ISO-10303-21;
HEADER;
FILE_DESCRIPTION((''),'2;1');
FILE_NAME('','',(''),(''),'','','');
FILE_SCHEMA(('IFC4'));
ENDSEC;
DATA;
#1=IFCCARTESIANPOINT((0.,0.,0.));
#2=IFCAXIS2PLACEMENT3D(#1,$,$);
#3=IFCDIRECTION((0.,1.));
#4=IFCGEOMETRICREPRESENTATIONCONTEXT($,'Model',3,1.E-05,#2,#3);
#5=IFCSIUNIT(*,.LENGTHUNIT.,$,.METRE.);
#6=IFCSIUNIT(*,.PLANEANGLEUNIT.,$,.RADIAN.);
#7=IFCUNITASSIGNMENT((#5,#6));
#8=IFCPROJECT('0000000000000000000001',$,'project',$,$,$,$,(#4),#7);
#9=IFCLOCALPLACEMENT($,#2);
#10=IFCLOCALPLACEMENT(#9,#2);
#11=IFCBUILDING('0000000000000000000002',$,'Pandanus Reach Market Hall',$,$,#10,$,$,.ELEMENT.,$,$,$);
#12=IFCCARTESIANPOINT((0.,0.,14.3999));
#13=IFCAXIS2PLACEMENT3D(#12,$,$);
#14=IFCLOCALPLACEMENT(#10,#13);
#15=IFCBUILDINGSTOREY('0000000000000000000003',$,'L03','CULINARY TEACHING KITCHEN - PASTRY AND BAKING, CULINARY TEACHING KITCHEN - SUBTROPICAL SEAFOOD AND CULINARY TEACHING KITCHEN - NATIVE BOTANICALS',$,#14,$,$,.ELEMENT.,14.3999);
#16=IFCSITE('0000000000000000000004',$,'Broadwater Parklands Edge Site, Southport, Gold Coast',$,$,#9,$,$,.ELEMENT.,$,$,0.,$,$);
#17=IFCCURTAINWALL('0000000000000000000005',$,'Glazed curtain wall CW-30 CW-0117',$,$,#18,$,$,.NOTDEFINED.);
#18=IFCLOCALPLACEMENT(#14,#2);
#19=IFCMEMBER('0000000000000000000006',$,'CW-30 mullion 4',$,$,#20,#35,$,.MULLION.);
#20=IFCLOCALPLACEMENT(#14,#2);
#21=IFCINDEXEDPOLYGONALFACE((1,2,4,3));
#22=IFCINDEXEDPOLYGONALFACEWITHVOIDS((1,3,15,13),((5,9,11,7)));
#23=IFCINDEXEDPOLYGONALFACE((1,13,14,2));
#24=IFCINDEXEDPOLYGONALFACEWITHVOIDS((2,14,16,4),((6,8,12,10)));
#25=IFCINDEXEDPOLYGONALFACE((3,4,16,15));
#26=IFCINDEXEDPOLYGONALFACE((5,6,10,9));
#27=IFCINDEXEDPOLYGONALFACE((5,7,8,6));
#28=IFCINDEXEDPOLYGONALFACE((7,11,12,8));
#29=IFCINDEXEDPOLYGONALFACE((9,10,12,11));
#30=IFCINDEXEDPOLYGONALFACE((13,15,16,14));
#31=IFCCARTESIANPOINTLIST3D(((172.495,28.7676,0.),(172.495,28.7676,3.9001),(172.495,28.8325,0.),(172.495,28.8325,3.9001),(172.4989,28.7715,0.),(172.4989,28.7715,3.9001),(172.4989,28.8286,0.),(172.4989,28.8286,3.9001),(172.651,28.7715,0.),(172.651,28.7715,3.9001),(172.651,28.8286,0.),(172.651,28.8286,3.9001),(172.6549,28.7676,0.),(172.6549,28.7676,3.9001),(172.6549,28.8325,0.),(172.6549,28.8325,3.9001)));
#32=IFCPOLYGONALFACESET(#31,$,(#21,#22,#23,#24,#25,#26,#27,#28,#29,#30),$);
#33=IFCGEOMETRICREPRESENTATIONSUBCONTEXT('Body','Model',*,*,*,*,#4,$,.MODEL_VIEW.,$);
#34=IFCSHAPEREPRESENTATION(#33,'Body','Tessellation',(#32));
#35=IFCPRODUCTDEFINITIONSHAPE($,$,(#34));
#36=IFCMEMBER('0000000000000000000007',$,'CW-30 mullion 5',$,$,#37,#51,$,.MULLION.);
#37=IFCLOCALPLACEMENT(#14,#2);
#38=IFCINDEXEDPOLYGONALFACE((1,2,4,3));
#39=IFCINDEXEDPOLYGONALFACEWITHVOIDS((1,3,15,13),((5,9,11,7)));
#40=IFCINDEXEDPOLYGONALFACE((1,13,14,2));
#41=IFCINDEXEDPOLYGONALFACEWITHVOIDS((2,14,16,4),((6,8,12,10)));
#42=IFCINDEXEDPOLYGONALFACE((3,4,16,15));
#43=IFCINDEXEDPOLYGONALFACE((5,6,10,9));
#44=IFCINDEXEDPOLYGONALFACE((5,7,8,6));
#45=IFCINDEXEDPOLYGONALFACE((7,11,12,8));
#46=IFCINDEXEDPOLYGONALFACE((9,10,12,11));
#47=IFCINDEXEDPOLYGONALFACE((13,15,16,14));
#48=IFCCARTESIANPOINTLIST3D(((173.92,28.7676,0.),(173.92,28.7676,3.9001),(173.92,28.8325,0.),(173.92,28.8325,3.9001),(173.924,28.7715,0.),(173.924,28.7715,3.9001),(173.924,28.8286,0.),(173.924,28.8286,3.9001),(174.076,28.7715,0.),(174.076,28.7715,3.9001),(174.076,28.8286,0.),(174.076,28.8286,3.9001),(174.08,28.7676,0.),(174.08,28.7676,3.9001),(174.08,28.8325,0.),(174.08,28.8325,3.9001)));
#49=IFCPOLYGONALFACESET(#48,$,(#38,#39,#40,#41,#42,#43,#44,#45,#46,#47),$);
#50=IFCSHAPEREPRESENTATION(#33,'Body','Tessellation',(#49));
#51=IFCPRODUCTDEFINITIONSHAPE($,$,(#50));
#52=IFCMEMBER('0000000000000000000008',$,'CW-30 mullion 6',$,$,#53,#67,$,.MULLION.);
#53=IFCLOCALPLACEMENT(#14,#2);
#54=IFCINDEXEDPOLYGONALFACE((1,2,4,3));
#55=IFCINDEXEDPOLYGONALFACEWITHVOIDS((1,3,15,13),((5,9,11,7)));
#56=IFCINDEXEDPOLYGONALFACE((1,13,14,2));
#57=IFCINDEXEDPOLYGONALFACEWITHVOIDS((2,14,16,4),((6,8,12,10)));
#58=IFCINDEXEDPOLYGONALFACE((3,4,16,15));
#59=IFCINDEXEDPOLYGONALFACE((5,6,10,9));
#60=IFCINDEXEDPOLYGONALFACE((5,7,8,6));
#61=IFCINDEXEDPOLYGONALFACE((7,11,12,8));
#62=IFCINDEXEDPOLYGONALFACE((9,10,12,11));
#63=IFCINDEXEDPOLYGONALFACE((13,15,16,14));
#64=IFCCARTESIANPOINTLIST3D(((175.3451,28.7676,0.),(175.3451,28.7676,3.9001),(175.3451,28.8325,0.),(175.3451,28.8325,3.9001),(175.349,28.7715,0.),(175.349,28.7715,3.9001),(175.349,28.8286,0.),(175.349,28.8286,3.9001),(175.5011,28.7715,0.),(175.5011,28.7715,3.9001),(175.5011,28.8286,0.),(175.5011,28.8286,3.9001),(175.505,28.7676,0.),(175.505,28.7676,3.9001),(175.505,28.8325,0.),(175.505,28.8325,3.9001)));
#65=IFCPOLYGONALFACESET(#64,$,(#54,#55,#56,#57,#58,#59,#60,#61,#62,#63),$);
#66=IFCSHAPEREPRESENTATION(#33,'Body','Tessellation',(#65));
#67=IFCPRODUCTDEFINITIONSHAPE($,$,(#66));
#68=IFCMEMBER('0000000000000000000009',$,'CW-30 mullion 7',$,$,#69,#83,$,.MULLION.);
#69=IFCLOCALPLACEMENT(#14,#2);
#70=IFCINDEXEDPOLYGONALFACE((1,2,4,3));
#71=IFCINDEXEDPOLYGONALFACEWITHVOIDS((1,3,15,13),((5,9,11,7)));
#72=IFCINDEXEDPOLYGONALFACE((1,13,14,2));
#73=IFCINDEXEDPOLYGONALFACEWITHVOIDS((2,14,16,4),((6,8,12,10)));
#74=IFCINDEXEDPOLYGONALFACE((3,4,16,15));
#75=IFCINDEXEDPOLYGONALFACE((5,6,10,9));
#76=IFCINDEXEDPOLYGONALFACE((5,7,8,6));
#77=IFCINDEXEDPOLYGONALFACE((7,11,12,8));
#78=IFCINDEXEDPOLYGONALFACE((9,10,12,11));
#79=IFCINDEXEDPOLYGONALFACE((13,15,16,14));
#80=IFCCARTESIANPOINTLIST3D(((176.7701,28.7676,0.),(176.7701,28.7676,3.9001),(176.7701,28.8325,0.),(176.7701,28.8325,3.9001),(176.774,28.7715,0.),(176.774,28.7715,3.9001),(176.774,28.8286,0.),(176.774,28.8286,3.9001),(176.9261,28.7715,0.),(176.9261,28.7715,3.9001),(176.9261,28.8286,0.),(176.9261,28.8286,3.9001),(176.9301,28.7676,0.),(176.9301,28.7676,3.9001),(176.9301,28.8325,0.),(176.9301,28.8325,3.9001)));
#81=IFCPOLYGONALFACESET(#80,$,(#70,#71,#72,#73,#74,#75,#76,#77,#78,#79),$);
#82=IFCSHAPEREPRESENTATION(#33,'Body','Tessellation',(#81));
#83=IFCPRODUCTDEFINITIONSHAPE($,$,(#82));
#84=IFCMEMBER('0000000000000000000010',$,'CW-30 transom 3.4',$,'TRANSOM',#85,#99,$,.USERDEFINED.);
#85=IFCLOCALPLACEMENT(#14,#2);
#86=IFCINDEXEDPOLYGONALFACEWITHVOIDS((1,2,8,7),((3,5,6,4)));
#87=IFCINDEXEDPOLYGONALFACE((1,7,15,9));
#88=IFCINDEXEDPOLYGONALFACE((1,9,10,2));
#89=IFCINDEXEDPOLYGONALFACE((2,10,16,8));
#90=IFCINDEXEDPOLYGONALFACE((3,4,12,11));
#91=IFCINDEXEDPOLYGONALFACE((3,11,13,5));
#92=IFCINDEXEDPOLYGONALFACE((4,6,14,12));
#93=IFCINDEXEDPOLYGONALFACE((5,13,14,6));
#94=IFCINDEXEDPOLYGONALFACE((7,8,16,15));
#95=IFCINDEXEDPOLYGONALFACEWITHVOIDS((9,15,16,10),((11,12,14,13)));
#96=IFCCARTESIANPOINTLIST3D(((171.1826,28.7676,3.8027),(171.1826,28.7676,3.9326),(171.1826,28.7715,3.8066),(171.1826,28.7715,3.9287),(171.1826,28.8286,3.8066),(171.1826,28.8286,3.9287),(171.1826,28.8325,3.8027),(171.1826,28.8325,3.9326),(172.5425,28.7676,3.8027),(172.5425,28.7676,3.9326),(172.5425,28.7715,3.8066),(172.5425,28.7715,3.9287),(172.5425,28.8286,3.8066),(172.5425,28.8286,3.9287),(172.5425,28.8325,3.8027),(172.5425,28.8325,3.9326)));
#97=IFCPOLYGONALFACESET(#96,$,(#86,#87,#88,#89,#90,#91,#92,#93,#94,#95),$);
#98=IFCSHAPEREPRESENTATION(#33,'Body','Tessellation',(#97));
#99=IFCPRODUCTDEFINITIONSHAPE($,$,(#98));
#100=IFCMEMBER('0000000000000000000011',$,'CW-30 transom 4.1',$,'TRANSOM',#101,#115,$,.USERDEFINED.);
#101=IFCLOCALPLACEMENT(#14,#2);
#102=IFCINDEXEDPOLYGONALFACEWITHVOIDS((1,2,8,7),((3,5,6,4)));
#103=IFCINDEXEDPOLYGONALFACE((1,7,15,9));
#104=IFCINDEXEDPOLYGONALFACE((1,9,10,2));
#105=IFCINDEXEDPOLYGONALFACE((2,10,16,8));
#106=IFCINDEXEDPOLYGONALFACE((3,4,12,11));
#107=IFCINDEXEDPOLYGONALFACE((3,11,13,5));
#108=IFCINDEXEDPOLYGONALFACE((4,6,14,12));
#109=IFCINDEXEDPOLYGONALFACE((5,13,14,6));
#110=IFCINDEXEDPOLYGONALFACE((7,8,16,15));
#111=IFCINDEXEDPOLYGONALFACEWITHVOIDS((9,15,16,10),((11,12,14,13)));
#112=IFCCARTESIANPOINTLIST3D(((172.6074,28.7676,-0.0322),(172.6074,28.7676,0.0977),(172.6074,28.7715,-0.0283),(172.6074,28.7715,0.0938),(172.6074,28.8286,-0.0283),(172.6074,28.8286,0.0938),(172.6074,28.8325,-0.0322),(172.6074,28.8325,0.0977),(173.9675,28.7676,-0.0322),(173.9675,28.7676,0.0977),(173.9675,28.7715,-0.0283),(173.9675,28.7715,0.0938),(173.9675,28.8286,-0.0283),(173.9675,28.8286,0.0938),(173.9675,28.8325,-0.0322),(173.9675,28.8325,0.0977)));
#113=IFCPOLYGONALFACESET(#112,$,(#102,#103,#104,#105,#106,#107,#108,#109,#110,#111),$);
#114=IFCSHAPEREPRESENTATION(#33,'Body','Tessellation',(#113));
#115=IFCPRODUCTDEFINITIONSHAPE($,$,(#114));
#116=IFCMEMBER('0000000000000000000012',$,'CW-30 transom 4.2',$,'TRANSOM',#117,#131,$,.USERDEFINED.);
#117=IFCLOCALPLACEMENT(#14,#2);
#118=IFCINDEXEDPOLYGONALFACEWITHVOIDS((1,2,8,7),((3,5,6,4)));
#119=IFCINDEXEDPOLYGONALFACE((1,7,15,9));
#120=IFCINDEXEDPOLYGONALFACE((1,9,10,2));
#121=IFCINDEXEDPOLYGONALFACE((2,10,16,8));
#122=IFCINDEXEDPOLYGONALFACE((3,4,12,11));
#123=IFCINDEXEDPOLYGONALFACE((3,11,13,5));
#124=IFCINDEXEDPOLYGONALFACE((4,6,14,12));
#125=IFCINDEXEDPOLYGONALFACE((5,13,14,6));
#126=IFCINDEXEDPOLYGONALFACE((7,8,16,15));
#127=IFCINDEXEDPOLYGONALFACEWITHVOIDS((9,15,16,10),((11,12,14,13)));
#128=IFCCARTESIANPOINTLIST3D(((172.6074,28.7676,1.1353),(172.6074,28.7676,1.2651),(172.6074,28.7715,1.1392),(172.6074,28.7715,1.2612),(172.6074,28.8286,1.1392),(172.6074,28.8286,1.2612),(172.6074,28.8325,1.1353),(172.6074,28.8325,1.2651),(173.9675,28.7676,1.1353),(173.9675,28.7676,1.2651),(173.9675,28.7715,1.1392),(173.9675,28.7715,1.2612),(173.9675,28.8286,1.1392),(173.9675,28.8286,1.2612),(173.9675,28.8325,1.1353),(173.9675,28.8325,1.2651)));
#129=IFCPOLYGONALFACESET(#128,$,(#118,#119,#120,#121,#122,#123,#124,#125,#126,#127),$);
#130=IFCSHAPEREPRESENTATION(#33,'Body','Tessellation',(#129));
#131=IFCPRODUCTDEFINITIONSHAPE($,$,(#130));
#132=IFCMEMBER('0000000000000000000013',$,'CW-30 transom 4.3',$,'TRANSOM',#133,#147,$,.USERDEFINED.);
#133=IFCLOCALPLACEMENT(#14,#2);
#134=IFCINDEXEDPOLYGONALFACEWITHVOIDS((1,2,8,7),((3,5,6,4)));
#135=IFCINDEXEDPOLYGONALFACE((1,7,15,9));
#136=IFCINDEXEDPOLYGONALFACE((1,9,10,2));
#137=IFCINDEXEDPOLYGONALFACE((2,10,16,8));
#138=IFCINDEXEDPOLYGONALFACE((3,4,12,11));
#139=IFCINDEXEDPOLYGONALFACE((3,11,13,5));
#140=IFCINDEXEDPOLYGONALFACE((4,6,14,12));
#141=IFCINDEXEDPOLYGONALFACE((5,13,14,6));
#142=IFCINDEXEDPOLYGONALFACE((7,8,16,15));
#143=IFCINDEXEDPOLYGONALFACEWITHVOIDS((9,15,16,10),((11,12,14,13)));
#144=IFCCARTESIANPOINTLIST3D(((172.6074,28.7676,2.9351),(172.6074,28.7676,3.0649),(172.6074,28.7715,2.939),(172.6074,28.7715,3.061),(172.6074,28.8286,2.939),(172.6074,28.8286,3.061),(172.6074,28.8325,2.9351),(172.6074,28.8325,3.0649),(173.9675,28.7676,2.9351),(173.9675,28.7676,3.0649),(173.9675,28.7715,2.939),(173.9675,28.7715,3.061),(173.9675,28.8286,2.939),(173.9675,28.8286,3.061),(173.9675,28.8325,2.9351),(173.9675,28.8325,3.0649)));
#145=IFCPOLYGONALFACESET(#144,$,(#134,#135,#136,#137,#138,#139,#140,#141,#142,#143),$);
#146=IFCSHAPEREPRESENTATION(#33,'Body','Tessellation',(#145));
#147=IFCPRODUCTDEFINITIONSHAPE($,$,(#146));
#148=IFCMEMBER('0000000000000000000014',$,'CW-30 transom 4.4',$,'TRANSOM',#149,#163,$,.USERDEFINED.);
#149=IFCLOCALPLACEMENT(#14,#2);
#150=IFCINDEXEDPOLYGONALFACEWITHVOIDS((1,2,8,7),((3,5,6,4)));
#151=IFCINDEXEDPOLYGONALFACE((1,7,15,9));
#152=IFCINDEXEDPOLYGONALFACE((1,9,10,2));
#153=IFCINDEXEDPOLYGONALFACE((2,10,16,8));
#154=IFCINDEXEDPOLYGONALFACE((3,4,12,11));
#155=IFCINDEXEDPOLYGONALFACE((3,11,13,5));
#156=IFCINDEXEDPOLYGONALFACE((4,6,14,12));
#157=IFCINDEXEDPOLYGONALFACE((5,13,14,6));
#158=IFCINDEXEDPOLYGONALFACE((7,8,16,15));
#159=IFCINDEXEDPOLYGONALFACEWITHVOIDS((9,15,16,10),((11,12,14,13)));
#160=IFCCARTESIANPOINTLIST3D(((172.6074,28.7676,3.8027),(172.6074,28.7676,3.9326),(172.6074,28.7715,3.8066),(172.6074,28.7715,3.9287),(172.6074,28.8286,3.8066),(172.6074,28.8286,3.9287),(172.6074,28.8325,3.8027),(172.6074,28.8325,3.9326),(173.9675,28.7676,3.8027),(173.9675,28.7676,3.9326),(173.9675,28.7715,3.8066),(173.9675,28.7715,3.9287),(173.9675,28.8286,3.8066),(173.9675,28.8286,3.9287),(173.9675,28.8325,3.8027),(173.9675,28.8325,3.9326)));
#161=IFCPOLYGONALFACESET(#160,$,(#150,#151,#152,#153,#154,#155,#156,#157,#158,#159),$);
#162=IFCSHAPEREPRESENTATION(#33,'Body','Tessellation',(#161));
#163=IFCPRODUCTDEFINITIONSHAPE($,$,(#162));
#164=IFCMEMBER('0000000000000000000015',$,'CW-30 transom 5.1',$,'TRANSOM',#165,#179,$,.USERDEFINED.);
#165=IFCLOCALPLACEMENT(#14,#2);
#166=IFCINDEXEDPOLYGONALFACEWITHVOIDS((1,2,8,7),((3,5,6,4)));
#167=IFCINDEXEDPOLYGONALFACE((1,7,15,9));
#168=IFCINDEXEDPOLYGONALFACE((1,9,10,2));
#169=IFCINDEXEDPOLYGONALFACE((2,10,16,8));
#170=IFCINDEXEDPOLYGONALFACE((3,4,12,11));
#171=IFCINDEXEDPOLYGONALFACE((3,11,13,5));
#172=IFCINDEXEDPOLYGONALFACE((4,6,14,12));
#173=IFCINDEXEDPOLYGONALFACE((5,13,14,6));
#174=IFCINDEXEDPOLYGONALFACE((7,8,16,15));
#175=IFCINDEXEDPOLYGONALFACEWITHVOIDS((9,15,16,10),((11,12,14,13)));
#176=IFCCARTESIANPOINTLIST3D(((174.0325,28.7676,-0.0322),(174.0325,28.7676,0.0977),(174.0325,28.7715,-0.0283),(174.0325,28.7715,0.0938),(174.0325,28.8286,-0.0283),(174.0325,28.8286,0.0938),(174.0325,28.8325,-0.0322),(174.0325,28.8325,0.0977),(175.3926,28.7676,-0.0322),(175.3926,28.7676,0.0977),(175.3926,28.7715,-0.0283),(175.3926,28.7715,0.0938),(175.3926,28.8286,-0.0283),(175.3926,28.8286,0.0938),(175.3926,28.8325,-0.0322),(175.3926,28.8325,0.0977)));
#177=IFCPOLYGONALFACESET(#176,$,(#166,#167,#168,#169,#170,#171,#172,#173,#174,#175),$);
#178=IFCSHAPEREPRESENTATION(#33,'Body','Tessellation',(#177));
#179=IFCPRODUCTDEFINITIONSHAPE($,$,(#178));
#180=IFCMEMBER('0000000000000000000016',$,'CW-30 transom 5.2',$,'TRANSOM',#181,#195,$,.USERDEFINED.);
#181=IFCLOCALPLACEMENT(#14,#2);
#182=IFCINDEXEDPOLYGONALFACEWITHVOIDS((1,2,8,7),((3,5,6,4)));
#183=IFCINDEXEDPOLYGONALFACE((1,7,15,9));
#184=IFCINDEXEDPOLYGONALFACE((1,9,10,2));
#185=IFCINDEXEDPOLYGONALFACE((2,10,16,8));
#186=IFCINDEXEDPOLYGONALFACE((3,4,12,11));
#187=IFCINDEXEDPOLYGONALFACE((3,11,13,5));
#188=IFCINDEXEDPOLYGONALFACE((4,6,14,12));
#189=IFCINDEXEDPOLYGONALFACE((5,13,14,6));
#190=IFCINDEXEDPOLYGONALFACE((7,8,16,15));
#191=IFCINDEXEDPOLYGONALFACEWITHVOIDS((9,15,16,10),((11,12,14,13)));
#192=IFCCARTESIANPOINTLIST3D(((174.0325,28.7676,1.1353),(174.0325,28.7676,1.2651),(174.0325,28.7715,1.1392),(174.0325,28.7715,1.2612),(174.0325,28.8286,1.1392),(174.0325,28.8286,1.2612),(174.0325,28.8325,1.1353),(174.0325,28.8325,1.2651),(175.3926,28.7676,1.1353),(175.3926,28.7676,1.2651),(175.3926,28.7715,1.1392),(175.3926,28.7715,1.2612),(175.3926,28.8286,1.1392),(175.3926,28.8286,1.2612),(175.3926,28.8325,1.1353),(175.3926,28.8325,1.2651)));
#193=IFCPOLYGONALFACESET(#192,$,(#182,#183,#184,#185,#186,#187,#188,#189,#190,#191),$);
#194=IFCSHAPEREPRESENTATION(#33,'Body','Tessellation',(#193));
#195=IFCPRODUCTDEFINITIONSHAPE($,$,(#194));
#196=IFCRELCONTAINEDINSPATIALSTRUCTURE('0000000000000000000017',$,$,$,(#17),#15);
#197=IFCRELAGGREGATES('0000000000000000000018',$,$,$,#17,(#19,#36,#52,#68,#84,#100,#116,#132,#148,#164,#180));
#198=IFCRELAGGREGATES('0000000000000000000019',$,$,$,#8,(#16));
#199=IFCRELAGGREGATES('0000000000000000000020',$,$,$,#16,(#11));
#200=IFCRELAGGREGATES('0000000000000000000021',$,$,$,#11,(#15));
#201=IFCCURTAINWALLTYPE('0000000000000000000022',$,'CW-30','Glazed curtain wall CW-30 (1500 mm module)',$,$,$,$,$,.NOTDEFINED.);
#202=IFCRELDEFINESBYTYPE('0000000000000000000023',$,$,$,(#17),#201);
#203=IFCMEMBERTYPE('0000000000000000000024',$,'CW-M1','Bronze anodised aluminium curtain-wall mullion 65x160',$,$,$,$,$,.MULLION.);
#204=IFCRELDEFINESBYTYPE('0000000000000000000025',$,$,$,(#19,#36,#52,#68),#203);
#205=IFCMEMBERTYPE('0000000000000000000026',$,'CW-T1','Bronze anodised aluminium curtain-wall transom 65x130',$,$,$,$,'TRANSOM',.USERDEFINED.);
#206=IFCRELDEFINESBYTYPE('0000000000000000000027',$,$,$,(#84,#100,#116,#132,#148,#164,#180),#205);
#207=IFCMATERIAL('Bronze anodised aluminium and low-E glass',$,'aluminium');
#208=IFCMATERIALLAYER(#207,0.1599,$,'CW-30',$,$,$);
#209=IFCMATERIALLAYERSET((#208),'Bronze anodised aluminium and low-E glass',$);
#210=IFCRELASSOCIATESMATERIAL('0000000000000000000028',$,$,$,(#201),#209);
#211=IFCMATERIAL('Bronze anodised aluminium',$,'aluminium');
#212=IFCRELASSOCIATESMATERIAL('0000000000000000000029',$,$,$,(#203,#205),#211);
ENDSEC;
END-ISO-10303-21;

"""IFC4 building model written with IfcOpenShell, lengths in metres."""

from ifc_helpers import new_model, si_unit, direction, frame, origin, origin_2d, place, context, subcontext, project, spatial, hollow_rectangle, extrude, material, layer, layer_set, material_profile, profile_set, type_object, element, aggregate, save


model = new_model("IFC4")

# Units and contexts
model_context = context("Model", 3, precision=1e-05, world=origin(), true_north=direction((0.0, 1.0)))
body_context = subcontext(model_context, "Body", "Model", "MODEL_VIEW")
ifc_project = project(units=[si_unit("LENGTHUNIT", "METRE"), si_unit("PLANEANGLEUNIT", "RADIAN")], contexts=[model_context])

# Site, building, storey
site_placement = place(None, origin())
site = spatial("IfcSite", under=ifc_project, at=site_placement, Name="Broadwater Parklands Edge Site, Southport, Gold Coast", CompositionType="ELEMENT", RefElevation=0.0)
building_placement = place(site_placement, origin())
building = spatial("IfcBuilding", under=site, at=building_placement, Name="Pandanus Reach Market Hall", CompositionType="ELEMENT")
storey_placement = place(building_placement, frame((0.0, 0.0, 14.3999)))
storey = spatial("IfcBuildingStorey", under=building, at=storey_placement, Name="L03", Description="CULINARY TEACHING KITCHEN - PASTRY AND BAKING, CULINARY TEACHING KITCHEN - SUBTROPICAL SEAFOOD AND CULINARY TEACHING KITCHEN - NATIVE BOTANICALS", CompositionType="ELEMENT", Elevation=14.3999)

# Curtain wall, members
ifc_material_1 = material(Name="Bronze anodised aluminium and low-E glass", Category="aluminium")
ifc_layer_1 = layer(ifc_material_1, 0.1599, Name="CW-30")
ifc_layer_set_1 = layer_set([ifc_layer_1], Name="Bronze anodised aluminium and low-E glass")
curtain_wall_type = type_object("IfcCurtainWallType", Name="CW-30", Description="Glazed curtain wall CW-30 (1500 mm module)", PredefinedType="NOTDEFINED", material=ifc_layer_set_1)
curtain_wall_placement = place(storey_placement, origin())
curtain_wall = element("IfcCurtainWall", 1, at=curtain_wall_placement, inside=storey, type_object=curtain_wall_type, Name="Glazed curtain wall CW-30 CW-0117", PredefinedType="NOTDEFINED")
ifc_material_2 = material(Name="Bronze anodised aluminium", Category="aluminium")
ifc_material_profile_1 = material_profile(ifc_material_2, hollow_rectangle(XDim=0.0649, YDim=0.1599, WallThickness=0.0039, at=origin_2d()), Name="ALU65x160", Category="LoadBearing")
ifc_profile_set_1 = profile_set([ifc_material_profile_1], Name="Bronze anodised aluminium")
member_type_1 = type_object("IfcMemberType", Name="CW-M1", Description="Bronze anodised aluminium curtain-wall mullion 65x160", PredefinedType="MULLION", material=ifc_profile_set_1)
member_1_placement = place(storey_placement, frame((172.575, 28.8, 0.0), z_axis=(0.0, 0.0, 1.0), x_axis=(0.0, 1.0, 0.0)))
member_1 = element("IfcMember", 2, at=member_1_placement, type_object=member_type_1, Name="CW-30 mullion 4", PredefinedType="MULLION", context=body_context, shape_type="SweptSolid", body=[
    extrude(hollow_rectangle(XDim=0.0649, YDim=0.1599, WallThickness=0.0039, at=origin_2d()), origin(), (0.0, 0.0, 1.0), 3.9001),
])
member_2_placement = place(storey_placement, frame((174.0, 28.8, 0.0), z_axis=(0.0, 0.0, 1.0), x_axis=(0.0, 1.0, 0.0)))
member_2 = element("IfcMember", 3, at=member_2_placement, type_object=member_type_1, Name="CW-30 mullion 5", PredefinedType="MULLION", context=body_context, shape_type="SweptSolid", body=[
    extrude(hollow_rectangle(XDim=0.0649, YDim=0.1599, WallThickness=0.0039, at=origin_2d()), origin(), (0.0, 0.0, 1.0), 3.9001),
])
member_3_placement = place(storey_placement, frame((175.425, 28.8, 0.0), z_axis=(0.0, 0.0, 1.0), x_axis=(0.0, 1.0, 0.0)))
member_3 = element("IfcMember", 4, at=member_3_placement, type_object=member_type_1, Name="CW-30 mullion 6", PredefinedType="MULLION", context=body_context, shape_type="SweptSolid", body=[
    extrude(hollow_rectangle(XDim=0.0649, YDim=0.1599, WallThickness=0.0039, at=origin_2d()), origin(), (0.0, 0.0, 1.0), 3.9001),
])
member_4_placement = place(storey_placement, frame((176.8501, 28.8, 0.0), z_axis=(0.0, 0.0, 1.0), x_axis=(0.0, 1.0, 0.0)))
member_4 = element("IfcMember", 5, at=member_4_placement, type_object=member_type_1, Name="CW-30 mullion 7", PredefinedType="MULLION", context=body_context, shape_type="SweptSolid", body=[
    extrude(hollow_rectangle(XDim=0.0649, YDim=0.1599, WallThickness=0.0039, at=origin_2d()), origin(), (0.0, 0.0, 1.0), 3.9001),
])
ifc_material_profile_2 = material_profile(ifc_material_2, hollow_rectangle(XDim=0.0649, YDim=0.1299, WallThickness=0.0039, at=origin_2d()), Name="ALU65x130", Category="LoadBearing")
ifc_profile_set_2 = profile_set([ifc_material_profile_2], Name="Bronze anodised aluminium")
member_type_2 = type_object("IfcMemberType", Name="CW-T1", Description="Bronze anodised aluminium curtain-wall transom 65x130", ElementType="TRANSOM", PredefinedType="USERDEFINED", material=ifc_profile_set_2)
member_5_placement = place(storey_placement, frame((171.1826, 28.8, 3.8677), z_axis=(1.0, 0.0, 0.0), x_axis=(0.0, 1.0, 0.0)))
member_5 = element("IfcMember", 6, at=member_5_placement, type_object=member_type_2, Name="CW-30 transom 3.4", ObjectType="TRANSOM", PredefinedType="USERDEFINED", context=body_context, shape_type="SweptSolid", body=[
    extrude(hollow_rectangle(XDim=0.0649, YDim=0.1299, WallThickness=0.0039, at=origin_2d()), origin(), (0.0, 0.0, 1.0), 1.3599),
])
member_6_placement = place(storey_placement, frame((172.6074, 28.8, 0.0327), z_axis=(1.0, 0.0, 0.0), x_axis=(0.0, 1.0, 0.0)))
member_6 = element("IfcMember", 7, at=member_6_placement, type_object=member_type_2, Name="CW-30 transom 4.1", ObjectType="TRANSOM", PredefinedType="USERDEFINED", context=body_context, shape_type="SweptSolid", body=[
    extrude(hollow_rectangle(XDim=0.0649, YDim=0.1299, WallThickness=0.0039, at=origin_2d()), origin(), (0.0, 0.0, 1.0), 1.3601),
])
member_7_placement = place(storey_placement, frame((172.6074, 28.8, 1.2002), z_axis=(1.0, 0.0, 0.0), x_axis=(0.0, 1.0, 0.0)))
member_7 = element("IfcMember", 8, at=member_7_placement, type_object=member_type_2, Name="CW-30 transom 4.2", ObjectType="TRANSOM", PredefinedType="USERDEFINED", context=body_context, shape_type="SweptSolid", body=[
    extrude(hollow_rectangle(XDim=0.0649, YDim=0.1299, WallThickness=0.0039, at=origin_2d()), origin(), (0.0, 0.0, 1.0), 1.3601),
])
member_8_placement = place(storey_placement, frame((172.6074, 28.8, 3.0), z_axis=(1.0, 0.0, 0.0), x_axis=(0.0, 1.0, 0.0)))
member_8 = element("IfcMember", 9, at=member_8_placement, type_object=member_type_2, Name="CW-30 transom 4.3", ObjectType="TRANSOM", PredefinedType="USERDEFINED", context=body_context, shape_type="SweptSolid", body=[
    extrude(hollow_rectangle(XDim=0.0649, YDim=0.1299, WallThickness=0.0039, at=origin_2d()), origin(), (0.0, 0.0, 1.0), 1.3601),
])
member_9_placement = place(storey_placement, frame((172.6074, 28.8, 3.8677), z_axis=(1.0, 0.0, 0.0), x_axis=(0.0, 1.0, 0.0)))
member_9 = element("IfcMember", 10, at=member_9_placement, type_object=member_type_2, Name="CW-30 transom 4.4", ObjectType="TRANSOM", PredefinedType="USERDEFINED", context=body_context, shape_type="SweptSolid", body=[
    extrude(hollow_rectangle(XDim=0.0649, YDim=0.1299, WallThickness=0.0039, at=origin_2d()), origin(), (0.0, 0.0, 1.0), 1.3601),
])
member_10_placement = place(storey_placement, frame((174.0325, 28.8, 0.0327), z_axis=(1.0, 0.0, 0.0), x_axis=(0.0, 1.0, 0.0)))
member_10 = element("IfcMember", 11, at=member_10_placement, type_object=member_type_2, Name="CW-30 transom 5.1", ObjectType="TRANSOM", PredefinedType="USERDEFINED", context=body_context, shape_type="SweptSolid", body=[
    extrude(hollow_rectangle(XDim=0.0649, YDim=0.1299, WallThickness=0.0039, at=origin_2d()), origin(), (0.0, 0.0, 1.0), 1.3601),
])
member_11_placement = place(storey_placement, frame((174.0325, 28.8, 1.2002), z_axis=(1.0, 0.0, 0.0), x_axis=(0.0, 1.0, 0.0)))
member_11 = element("IfcMember", 12, at=member_11_placement, type_object=member_type_2, Name="CW-30 transom 5.2", ObjectType="TRANSOM", PredefinedType="USERDEFINED", context=body_context, shape_type="SweptSolid", body=[
    extrude(hollow_rectangle(XDim=0.0649, YDim=0.1299, WallThickness=0.0039, at=origin_2d()), origin(), (0.0, 0.0, 1.0), 1.3601),
])
aggregate(curtain_wall, [member_1, member_2, member_3, member_4, member_5, member_6, member_7, member_8, member_9, member_10, member_11])

save(model, "model.ifc")
